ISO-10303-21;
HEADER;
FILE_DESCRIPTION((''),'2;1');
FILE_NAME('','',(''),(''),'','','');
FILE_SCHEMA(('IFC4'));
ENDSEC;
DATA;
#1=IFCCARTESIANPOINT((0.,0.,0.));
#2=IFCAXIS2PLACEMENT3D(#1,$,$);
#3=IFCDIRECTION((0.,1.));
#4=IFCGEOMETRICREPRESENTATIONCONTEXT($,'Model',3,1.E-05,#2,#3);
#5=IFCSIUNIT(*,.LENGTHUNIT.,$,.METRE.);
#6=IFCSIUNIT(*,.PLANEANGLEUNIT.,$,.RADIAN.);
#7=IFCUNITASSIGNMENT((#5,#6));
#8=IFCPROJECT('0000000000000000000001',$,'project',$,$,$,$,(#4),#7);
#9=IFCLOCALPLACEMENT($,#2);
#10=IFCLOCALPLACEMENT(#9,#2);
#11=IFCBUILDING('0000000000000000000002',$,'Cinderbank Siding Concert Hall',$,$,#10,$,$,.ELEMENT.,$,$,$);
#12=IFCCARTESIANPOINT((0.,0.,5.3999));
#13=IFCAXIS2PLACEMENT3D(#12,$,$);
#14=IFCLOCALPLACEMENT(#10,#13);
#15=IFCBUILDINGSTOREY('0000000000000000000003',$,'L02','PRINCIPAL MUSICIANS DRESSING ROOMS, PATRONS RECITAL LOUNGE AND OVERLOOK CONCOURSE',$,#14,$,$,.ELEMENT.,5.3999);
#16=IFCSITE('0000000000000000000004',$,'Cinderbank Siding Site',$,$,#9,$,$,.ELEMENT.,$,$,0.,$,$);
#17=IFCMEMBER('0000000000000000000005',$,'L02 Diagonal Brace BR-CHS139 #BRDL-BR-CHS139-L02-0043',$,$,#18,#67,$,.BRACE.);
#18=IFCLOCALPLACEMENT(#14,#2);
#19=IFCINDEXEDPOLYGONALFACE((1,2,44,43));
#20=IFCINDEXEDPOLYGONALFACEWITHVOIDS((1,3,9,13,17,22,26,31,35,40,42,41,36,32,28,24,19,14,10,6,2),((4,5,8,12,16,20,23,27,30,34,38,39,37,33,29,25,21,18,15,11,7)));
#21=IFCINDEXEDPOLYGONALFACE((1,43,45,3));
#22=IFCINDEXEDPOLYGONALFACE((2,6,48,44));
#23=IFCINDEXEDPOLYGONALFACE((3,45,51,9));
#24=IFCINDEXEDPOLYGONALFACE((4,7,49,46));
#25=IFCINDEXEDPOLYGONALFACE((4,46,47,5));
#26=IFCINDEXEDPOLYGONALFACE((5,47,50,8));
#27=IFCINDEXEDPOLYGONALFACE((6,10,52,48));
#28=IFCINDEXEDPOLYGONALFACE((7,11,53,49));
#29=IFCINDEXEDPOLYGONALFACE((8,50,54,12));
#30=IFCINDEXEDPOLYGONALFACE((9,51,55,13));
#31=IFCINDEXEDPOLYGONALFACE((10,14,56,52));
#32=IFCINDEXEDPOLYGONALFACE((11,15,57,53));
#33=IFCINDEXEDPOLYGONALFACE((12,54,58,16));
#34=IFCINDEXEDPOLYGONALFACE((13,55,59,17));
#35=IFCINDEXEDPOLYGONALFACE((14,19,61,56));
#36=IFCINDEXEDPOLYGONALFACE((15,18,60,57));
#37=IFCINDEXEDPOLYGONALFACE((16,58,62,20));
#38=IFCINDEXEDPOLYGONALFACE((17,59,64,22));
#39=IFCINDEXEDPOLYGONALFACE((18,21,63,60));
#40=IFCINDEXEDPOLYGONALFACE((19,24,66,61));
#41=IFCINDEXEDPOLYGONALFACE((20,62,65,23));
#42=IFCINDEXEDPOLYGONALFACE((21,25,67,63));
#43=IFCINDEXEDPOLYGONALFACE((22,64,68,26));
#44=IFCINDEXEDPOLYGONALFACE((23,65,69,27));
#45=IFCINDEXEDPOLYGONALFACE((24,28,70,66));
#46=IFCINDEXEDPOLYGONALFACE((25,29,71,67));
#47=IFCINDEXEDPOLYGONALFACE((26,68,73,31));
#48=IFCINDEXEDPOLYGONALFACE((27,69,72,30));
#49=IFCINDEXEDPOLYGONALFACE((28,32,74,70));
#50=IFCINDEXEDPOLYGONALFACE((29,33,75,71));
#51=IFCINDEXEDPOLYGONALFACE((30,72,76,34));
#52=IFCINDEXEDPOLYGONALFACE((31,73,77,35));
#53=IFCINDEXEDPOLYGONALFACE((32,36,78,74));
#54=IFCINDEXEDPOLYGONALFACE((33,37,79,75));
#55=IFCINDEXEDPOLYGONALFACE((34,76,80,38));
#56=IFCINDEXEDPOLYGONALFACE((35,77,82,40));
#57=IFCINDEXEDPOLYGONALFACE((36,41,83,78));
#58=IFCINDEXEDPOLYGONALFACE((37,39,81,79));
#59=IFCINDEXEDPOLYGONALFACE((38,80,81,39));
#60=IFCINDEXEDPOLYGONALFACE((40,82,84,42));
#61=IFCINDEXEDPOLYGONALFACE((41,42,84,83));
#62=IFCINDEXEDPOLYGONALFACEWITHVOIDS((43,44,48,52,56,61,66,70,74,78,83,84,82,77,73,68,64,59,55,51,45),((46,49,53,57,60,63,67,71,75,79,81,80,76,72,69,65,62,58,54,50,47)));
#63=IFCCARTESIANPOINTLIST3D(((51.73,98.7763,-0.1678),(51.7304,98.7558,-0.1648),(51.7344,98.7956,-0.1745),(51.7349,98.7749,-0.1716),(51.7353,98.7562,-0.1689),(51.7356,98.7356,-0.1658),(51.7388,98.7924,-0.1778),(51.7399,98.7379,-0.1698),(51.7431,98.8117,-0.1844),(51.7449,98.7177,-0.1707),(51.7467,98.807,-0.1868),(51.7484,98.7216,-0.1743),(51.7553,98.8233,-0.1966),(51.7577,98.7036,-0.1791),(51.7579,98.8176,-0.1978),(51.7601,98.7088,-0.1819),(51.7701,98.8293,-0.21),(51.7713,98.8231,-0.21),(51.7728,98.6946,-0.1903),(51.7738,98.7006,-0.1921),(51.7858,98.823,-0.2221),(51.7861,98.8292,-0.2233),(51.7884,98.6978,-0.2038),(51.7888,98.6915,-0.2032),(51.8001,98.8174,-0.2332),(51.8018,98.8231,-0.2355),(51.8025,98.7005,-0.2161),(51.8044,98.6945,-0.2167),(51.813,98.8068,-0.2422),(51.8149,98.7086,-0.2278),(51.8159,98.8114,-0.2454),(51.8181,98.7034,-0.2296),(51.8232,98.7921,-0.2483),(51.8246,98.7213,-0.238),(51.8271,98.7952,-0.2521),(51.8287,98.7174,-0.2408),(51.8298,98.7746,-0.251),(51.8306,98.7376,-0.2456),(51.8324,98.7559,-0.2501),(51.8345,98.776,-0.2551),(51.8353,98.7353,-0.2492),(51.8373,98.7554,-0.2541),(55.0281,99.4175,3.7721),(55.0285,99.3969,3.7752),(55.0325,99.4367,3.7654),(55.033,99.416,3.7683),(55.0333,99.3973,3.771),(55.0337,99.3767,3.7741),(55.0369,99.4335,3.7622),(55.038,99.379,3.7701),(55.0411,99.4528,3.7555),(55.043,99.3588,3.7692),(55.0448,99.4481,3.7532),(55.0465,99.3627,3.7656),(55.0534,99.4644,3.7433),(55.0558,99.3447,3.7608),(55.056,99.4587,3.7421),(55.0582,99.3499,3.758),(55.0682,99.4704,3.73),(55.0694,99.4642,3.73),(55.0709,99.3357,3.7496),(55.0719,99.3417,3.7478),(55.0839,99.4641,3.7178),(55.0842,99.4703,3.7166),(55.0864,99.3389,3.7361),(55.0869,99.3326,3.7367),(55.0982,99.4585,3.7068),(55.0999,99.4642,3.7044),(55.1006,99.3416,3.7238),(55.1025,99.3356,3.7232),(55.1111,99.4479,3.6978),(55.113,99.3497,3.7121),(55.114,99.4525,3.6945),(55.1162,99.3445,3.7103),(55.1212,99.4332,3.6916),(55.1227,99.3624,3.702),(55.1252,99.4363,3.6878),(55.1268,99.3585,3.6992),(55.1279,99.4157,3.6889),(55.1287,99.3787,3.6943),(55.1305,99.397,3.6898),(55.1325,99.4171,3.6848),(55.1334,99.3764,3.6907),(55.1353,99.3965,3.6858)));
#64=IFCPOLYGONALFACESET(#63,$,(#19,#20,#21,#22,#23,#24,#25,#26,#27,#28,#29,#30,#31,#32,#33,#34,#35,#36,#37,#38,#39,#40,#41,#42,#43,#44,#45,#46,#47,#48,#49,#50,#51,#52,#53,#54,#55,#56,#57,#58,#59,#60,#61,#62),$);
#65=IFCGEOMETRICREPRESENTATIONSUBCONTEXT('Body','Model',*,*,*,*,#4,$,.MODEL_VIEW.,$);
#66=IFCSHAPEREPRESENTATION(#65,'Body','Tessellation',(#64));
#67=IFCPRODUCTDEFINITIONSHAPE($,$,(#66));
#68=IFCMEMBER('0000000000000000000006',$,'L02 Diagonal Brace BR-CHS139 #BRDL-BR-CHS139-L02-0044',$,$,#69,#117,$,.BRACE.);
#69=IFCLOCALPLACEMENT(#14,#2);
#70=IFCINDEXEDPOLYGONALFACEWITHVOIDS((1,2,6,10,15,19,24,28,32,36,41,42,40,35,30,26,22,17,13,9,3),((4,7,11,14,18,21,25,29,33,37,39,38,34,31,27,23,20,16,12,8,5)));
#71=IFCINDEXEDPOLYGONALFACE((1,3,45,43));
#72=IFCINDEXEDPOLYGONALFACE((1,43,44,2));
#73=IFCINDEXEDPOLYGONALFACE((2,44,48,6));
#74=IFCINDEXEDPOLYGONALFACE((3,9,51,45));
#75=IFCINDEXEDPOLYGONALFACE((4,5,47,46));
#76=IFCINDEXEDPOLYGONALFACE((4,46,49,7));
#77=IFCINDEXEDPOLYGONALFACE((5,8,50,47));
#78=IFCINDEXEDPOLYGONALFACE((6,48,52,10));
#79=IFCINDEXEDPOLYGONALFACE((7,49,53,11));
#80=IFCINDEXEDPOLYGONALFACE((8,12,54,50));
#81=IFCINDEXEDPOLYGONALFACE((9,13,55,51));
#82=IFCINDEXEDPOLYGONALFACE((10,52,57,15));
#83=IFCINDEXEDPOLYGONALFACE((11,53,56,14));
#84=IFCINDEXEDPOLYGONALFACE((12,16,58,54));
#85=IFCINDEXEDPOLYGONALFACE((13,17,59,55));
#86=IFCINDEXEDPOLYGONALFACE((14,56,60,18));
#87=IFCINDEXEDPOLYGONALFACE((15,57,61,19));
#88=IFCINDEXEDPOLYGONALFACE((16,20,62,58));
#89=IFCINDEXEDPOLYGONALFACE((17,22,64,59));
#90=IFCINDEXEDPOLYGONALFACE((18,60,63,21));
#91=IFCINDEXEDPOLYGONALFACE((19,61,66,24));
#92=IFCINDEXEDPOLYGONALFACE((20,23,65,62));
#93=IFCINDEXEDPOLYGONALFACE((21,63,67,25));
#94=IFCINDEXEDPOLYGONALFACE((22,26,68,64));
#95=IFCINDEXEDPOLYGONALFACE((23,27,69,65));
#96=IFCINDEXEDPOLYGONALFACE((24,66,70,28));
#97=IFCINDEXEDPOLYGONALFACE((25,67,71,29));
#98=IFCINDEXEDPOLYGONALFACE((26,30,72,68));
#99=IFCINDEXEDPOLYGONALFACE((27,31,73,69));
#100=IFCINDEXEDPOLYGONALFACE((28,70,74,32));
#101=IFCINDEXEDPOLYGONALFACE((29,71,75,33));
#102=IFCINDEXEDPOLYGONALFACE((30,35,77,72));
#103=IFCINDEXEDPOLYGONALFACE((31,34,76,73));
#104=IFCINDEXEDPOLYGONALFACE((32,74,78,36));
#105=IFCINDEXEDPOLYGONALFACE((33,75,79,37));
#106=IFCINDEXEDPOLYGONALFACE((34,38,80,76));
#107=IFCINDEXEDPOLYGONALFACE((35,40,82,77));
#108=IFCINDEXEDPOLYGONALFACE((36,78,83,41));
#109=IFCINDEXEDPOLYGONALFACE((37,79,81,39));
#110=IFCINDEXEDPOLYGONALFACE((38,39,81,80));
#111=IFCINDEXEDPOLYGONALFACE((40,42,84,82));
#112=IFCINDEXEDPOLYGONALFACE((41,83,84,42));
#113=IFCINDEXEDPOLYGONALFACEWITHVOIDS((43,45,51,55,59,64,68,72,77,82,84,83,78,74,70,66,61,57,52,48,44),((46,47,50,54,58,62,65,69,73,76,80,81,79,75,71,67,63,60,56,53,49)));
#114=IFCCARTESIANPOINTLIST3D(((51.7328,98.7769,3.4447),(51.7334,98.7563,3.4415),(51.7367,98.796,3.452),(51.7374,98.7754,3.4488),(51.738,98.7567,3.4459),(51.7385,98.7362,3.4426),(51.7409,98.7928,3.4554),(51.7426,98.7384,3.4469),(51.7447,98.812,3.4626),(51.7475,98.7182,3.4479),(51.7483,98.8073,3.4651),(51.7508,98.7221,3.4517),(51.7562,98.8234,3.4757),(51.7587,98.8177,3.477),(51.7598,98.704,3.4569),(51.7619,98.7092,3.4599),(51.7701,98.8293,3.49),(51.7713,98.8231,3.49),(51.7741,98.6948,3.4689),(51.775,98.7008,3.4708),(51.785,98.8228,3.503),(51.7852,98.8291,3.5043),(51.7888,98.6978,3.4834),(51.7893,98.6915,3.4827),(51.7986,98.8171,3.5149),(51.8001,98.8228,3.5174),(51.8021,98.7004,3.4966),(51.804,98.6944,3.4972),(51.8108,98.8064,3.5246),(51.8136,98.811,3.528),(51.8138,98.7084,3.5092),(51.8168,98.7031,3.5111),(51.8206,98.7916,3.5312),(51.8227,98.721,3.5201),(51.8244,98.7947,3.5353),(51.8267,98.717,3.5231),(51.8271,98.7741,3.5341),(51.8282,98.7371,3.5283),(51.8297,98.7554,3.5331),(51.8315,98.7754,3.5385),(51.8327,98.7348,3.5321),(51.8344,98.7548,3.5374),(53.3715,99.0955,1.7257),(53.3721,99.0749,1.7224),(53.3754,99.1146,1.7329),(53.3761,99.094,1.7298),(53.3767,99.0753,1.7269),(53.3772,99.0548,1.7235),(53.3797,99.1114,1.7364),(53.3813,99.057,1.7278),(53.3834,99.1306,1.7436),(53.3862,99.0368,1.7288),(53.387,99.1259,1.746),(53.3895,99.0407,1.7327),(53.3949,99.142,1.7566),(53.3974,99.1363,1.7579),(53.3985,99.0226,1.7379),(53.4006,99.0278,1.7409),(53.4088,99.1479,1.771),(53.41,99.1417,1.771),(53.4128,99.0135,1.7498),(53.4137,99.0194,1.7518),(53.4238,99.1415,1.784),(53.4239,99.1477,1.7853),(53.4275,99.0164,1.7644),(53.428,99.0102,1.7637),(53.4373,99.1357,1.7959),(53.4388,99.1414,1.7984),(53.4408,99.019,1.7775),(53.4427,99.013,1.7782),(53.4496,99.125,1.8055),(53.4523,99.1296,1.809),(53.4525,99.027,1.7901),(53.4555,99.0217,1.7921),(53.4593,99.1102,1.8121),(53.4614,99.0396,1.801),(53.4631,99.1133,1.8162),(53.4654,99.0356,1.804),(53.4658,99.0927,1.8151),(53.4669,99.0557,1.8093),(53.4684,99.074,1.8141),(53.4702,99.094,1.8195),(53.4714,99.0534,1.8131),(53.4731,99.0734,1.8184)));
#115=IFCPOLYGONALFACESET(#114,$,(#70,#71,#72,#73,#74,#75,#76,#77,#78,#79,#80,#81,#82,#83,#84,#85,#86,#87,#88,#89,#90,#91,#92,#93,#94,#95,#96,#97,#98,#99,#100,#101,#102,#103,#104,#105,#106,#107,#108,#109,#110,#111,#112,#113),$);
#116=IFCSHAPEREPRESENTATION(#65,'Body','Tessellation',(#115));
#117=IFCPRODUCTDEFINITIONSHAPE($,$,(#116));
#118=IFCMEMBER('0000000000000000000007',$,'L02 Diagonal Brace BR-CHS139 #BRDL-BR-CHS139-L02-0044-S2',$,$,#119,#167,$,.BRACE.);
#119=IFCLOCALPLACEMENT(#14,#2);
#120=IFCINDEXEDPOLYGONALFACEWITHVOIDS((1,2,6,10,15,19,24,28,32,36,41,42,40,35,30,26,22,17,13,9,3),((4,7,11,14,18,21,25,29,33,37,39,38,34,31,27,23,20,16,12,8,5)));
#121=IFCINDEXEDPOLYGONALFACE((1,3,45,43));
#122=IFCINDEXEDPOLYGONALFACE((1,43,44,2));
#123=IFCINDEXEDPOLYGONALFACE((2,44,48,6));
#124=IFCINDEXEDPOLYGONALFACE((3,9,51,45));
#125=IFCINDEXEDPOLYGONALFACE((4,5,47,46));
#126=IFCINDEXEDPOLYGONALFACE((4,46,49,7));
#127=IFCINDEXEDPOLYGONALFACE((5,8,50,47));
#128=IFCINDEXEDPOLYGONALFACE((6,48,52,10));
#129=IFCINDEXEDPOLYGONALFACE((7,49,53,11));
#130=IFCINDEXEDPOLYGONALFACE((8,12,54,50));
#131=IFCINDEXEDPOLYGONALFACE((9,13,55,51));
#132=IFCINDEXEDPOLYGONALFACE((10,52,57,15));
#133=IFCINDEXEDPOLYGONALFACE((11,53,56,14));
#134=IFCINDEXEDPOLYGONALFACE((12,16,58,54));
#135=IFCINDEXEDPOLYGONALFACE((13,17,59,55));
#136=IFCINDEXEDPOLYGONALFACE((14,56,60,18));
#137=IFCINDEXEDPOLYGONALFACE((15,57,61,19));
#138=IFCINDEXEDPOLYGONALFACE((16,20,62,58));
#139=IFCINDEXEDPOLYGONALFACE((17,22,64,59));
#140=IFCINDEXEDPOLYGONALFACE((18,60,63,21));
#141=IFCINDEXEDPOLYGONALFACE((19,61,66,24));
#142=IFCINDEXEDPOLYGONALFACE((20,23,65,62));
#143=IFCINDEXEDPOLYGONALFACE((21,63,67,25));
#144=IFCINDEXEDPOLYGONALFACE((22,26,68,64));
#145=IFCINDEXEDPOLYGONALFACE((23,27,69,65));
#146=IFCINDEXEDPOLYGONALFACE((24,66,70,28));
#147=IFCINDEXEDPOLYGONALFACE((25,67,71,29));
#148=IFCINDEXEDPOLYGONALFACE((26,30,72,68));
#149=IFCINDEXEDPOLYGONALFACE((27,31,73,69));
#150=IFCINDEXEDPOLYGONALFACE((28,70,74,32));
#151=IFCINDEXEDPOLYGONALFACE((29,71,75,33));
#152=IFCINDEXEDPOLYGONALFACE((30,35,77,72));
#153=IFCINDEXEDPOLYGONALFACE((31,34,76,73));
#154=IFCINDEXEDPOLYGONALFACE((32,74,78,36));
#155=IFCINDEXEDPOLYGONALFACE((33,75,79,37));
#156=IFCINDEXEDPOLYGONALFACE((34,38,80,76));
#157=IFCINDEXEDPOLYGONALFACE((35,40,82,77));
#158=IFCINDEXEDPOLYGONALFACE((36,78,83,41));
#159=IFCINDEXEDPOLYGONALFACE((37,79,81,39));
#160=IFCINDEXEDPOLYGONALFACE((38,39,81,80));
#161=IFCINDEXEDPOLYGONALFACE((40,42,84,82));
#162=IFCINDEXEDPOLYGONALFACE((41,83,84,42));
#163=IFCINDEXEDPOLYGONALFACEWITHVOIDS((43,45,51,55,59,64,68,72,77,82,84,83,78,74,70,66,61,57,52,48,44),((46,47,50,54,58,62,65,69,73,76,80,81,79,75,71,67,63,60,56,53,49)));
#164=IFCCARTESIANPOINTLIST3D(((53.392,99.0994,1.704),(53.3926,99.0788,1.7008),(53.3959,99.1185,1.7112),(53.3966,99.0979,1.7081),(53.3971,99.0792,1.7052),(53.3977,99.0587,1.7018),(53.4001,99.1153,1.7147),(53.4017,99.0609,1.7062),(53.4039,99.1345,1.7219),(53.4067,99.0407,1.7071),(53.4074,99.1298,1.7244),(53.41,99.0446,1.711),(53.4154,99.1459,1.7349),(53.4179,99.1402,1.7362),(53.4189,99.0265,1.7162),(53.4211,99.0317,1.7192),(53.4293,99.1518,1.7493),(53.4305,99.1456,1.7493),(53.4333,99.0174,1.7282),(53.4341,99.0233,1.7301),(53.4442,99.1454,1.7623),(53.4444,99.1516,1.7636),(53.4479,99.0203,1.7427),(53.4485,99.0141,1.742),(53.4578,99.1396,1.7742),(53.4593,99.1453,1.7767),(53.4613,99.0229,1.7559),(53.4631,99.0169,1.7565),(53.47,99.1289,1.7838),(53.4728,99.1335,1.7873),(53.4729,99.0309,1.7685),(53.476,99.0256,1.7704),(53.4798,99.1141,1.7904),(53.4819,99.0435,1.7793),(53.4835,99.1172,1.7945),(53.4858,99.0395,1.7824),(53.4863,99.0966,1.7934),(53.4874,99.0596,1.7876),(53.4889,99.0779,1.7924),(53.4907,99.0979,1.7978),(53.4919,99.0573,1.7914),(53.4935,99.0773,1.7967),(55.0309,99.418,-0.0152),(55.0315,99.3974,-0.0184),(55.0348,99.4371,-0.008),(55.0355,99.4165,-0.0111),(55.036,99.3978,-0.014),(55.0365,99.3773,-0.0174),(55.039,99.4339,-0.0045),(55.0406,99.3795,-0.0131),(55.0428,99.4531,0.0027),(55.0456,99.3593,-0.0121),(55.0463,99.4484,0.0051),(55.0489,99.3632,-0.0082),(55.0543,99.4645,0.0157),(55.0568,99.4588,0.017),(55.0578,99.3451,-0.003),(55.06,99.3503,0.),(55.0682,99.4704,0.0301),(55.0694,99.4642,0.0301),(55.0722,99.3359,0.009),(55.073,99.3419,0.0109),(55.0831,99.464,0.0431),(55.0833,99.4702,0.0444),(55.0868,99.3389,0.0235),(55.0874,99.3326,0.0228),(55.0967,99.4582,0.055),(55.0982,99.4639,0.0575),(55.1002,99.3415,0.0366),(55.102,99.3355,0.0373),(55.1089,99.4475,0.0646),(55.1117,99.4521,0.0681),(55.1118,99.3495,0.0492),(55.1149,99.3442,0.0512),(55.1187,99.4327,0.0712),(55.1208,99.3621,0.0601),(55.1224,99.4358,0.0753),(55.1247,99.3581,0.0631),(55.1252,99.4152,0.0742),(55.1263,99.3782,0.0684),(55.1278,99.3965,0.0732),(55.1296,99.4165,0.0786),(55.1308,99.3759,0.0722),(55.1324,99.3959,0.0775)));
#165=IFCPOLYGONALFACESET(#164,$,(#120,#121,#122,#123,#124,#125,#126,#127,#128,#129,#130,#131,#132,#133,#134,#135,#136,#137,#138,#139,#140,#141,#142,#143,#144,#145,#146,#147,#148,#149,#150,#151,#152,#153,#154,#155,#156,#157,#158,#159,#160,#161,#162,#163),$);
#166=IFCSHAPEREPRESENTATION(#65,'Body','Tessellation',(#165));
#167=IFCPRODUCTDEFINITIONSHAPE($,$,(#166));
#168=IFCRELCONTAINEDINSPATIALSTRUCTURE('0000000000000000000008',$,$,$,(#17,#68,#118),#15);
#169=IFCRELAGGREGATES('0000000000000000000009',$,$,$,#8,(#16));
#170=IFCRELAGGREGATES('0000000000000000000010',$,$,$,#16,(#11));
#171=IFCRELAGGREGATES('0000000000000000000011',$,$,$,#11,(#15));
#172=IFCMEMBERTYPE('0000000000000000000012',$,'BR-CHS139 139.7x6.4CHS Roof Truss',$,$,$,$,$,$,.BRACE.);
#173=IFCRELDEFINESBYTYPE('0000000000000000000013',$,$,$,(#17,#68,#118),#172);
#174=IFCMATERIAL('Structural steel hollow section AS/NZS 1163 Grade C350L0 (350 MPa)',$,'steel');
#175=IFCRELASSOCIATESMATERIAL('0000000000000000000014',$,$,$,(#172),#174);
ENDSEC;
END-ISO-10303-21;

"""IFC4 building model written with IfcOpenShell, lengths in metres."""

from ifc_helpers import new_model, si_unit, direction, frame, origin, origin_2d, place, context, subcontext, project, spatial, hollow_circle, extrude, material, material_profile, profile_set, type_object, element, save


model = new_model("IFC4")

# Units and contexts
model_context = context("Model", 3, precision=1e-05, world=origin(), true_north=direction((0.0, 1.0)))
body_context = subcontext(model_context, "Body", "Model", "MODEL_VIEW")
ifc_project = project(units=[si_unit("LENGTHUNIT", "METRE"), si_unit("PLANEANGLEUNIT", "RADIAN")], contexts=[model_context])

# Site, building, storey
site_placement = place(None, origin())
site = spatial("IfcSite", under=ifc_project, at=site_placement, Name="Cinderbank Siding Site", CompositionType="ELEMENT", RefElevation=0.0)
building_placement = place(site_placement, origin())
building = spatial("IfcBuilding", under=site, at=building_placement, Name="Cinderbank Siding Concert Hall", CompositionType="ELEMENT")
storey_placement = place(building_placement, frame((0.0, 0.0, 5.3999)))
storey = spatial("IfcBuildingStorey", under=building, at=storey_placement, Name="L02", Description="PRINCIPAL MUSICIANS DRESSING ROOMS, PATRONS RECITAL LOUNGE AND OVERLOOK CONCOURSE", CompositionType="ELEMENT", Elevation=5.3999)

# Members
ifc_material_1 = material(Name="Structural steel hollow section AS/NZS 1163 Grade C350L0 (350 MPa)", Category="steel")
ifc_material_profile_1 = material_profile(ifc_material_1, hollow_circle(Radius=0.0698, WallThickness=0.0063, at=origin_2d()), Name="139.7x6.4CHS", Category="LoadBearing")
ifc_profile_set_1 = profile_set([ifc_material_profile_1], Name="Structural steel hollow section AS/NZS 1163 Grade C350L0 (350 MPa)")
member_type_1 = type_object("IfcMemberType", Name="BR-CHS139 139.7x6.4CHS Roof Truss", PredefinedType="BRACE", material=ifc_profile_set_1)
member_1_placement = place(storey_placement, frame((51.7834, 98.7607, -0.21), z_axis=(0.636945, 0.123815, 0.760901), x_axis=(-0.190817, 0.981626, 0.0)))
element("IfcMember", 1, at=member_1_placement, inside=storey, type_object=member_type_1, Name="L02 Diagonal Brace BR-CHS139 #BRDL-BR-CHS139-L02-0043", PredefinedType="BRACE", context=body_context, shape_type="SweptSolid", body=[
    extrude(hollow_circle(Radius=0.0698, WallThickness=0.0063, at=origin_2d()), origin(), (0.0, 0.0, 1.0), 5.178),
])
member_2_placement = place(storey_placement, frame((51.7834, 98.7607, 3.49), z_axis=(0.683867, 0.132963, -0.717388), x_axis=(-0.190854, 0.981618, 0.0)))
element("IfcMember", 2, at=member_2_placement, inside=storey, type_object=member_type_1, Name="L02 Diagonal Brace BR-CHS139 #BRDL-BR-CHS139-L02-0044", PredefinedType="BRACE", context=body_context, shape_type="SweptSolid", body=[
    extrude(hollow_circle(Radius=0.0698, WallThickness=0.0063, at=origin_2d()), origin(), (0.0, 0.0, 1.0), 2.3962),
])
member_3_placement = place(storey_placement, frame((53.4426, 99.0833, 1.7493), z_axis=(0.683872, 0.132944, -0.717388), x_axis=(-0.190827, 0.981624, 0.0)))
element("IfcMember", 3, at=member_3_placement, inside=storey, type_object=member_type_1, Name="L02 Diagonal Brace BR-CHS139 #BRDL-BR-CHS139-L02-0044-S2", PredefinedType="BRACE", context=body_context, shape_type="SweptSolid", body=[
    extrude(hollow_circle(Radius=0.0698, WallThickness=0.0063, at=origin_2d()), origin(), (0.0, 0.0, 1.0), 2.3965),
])

save(model, "model.ifc")
